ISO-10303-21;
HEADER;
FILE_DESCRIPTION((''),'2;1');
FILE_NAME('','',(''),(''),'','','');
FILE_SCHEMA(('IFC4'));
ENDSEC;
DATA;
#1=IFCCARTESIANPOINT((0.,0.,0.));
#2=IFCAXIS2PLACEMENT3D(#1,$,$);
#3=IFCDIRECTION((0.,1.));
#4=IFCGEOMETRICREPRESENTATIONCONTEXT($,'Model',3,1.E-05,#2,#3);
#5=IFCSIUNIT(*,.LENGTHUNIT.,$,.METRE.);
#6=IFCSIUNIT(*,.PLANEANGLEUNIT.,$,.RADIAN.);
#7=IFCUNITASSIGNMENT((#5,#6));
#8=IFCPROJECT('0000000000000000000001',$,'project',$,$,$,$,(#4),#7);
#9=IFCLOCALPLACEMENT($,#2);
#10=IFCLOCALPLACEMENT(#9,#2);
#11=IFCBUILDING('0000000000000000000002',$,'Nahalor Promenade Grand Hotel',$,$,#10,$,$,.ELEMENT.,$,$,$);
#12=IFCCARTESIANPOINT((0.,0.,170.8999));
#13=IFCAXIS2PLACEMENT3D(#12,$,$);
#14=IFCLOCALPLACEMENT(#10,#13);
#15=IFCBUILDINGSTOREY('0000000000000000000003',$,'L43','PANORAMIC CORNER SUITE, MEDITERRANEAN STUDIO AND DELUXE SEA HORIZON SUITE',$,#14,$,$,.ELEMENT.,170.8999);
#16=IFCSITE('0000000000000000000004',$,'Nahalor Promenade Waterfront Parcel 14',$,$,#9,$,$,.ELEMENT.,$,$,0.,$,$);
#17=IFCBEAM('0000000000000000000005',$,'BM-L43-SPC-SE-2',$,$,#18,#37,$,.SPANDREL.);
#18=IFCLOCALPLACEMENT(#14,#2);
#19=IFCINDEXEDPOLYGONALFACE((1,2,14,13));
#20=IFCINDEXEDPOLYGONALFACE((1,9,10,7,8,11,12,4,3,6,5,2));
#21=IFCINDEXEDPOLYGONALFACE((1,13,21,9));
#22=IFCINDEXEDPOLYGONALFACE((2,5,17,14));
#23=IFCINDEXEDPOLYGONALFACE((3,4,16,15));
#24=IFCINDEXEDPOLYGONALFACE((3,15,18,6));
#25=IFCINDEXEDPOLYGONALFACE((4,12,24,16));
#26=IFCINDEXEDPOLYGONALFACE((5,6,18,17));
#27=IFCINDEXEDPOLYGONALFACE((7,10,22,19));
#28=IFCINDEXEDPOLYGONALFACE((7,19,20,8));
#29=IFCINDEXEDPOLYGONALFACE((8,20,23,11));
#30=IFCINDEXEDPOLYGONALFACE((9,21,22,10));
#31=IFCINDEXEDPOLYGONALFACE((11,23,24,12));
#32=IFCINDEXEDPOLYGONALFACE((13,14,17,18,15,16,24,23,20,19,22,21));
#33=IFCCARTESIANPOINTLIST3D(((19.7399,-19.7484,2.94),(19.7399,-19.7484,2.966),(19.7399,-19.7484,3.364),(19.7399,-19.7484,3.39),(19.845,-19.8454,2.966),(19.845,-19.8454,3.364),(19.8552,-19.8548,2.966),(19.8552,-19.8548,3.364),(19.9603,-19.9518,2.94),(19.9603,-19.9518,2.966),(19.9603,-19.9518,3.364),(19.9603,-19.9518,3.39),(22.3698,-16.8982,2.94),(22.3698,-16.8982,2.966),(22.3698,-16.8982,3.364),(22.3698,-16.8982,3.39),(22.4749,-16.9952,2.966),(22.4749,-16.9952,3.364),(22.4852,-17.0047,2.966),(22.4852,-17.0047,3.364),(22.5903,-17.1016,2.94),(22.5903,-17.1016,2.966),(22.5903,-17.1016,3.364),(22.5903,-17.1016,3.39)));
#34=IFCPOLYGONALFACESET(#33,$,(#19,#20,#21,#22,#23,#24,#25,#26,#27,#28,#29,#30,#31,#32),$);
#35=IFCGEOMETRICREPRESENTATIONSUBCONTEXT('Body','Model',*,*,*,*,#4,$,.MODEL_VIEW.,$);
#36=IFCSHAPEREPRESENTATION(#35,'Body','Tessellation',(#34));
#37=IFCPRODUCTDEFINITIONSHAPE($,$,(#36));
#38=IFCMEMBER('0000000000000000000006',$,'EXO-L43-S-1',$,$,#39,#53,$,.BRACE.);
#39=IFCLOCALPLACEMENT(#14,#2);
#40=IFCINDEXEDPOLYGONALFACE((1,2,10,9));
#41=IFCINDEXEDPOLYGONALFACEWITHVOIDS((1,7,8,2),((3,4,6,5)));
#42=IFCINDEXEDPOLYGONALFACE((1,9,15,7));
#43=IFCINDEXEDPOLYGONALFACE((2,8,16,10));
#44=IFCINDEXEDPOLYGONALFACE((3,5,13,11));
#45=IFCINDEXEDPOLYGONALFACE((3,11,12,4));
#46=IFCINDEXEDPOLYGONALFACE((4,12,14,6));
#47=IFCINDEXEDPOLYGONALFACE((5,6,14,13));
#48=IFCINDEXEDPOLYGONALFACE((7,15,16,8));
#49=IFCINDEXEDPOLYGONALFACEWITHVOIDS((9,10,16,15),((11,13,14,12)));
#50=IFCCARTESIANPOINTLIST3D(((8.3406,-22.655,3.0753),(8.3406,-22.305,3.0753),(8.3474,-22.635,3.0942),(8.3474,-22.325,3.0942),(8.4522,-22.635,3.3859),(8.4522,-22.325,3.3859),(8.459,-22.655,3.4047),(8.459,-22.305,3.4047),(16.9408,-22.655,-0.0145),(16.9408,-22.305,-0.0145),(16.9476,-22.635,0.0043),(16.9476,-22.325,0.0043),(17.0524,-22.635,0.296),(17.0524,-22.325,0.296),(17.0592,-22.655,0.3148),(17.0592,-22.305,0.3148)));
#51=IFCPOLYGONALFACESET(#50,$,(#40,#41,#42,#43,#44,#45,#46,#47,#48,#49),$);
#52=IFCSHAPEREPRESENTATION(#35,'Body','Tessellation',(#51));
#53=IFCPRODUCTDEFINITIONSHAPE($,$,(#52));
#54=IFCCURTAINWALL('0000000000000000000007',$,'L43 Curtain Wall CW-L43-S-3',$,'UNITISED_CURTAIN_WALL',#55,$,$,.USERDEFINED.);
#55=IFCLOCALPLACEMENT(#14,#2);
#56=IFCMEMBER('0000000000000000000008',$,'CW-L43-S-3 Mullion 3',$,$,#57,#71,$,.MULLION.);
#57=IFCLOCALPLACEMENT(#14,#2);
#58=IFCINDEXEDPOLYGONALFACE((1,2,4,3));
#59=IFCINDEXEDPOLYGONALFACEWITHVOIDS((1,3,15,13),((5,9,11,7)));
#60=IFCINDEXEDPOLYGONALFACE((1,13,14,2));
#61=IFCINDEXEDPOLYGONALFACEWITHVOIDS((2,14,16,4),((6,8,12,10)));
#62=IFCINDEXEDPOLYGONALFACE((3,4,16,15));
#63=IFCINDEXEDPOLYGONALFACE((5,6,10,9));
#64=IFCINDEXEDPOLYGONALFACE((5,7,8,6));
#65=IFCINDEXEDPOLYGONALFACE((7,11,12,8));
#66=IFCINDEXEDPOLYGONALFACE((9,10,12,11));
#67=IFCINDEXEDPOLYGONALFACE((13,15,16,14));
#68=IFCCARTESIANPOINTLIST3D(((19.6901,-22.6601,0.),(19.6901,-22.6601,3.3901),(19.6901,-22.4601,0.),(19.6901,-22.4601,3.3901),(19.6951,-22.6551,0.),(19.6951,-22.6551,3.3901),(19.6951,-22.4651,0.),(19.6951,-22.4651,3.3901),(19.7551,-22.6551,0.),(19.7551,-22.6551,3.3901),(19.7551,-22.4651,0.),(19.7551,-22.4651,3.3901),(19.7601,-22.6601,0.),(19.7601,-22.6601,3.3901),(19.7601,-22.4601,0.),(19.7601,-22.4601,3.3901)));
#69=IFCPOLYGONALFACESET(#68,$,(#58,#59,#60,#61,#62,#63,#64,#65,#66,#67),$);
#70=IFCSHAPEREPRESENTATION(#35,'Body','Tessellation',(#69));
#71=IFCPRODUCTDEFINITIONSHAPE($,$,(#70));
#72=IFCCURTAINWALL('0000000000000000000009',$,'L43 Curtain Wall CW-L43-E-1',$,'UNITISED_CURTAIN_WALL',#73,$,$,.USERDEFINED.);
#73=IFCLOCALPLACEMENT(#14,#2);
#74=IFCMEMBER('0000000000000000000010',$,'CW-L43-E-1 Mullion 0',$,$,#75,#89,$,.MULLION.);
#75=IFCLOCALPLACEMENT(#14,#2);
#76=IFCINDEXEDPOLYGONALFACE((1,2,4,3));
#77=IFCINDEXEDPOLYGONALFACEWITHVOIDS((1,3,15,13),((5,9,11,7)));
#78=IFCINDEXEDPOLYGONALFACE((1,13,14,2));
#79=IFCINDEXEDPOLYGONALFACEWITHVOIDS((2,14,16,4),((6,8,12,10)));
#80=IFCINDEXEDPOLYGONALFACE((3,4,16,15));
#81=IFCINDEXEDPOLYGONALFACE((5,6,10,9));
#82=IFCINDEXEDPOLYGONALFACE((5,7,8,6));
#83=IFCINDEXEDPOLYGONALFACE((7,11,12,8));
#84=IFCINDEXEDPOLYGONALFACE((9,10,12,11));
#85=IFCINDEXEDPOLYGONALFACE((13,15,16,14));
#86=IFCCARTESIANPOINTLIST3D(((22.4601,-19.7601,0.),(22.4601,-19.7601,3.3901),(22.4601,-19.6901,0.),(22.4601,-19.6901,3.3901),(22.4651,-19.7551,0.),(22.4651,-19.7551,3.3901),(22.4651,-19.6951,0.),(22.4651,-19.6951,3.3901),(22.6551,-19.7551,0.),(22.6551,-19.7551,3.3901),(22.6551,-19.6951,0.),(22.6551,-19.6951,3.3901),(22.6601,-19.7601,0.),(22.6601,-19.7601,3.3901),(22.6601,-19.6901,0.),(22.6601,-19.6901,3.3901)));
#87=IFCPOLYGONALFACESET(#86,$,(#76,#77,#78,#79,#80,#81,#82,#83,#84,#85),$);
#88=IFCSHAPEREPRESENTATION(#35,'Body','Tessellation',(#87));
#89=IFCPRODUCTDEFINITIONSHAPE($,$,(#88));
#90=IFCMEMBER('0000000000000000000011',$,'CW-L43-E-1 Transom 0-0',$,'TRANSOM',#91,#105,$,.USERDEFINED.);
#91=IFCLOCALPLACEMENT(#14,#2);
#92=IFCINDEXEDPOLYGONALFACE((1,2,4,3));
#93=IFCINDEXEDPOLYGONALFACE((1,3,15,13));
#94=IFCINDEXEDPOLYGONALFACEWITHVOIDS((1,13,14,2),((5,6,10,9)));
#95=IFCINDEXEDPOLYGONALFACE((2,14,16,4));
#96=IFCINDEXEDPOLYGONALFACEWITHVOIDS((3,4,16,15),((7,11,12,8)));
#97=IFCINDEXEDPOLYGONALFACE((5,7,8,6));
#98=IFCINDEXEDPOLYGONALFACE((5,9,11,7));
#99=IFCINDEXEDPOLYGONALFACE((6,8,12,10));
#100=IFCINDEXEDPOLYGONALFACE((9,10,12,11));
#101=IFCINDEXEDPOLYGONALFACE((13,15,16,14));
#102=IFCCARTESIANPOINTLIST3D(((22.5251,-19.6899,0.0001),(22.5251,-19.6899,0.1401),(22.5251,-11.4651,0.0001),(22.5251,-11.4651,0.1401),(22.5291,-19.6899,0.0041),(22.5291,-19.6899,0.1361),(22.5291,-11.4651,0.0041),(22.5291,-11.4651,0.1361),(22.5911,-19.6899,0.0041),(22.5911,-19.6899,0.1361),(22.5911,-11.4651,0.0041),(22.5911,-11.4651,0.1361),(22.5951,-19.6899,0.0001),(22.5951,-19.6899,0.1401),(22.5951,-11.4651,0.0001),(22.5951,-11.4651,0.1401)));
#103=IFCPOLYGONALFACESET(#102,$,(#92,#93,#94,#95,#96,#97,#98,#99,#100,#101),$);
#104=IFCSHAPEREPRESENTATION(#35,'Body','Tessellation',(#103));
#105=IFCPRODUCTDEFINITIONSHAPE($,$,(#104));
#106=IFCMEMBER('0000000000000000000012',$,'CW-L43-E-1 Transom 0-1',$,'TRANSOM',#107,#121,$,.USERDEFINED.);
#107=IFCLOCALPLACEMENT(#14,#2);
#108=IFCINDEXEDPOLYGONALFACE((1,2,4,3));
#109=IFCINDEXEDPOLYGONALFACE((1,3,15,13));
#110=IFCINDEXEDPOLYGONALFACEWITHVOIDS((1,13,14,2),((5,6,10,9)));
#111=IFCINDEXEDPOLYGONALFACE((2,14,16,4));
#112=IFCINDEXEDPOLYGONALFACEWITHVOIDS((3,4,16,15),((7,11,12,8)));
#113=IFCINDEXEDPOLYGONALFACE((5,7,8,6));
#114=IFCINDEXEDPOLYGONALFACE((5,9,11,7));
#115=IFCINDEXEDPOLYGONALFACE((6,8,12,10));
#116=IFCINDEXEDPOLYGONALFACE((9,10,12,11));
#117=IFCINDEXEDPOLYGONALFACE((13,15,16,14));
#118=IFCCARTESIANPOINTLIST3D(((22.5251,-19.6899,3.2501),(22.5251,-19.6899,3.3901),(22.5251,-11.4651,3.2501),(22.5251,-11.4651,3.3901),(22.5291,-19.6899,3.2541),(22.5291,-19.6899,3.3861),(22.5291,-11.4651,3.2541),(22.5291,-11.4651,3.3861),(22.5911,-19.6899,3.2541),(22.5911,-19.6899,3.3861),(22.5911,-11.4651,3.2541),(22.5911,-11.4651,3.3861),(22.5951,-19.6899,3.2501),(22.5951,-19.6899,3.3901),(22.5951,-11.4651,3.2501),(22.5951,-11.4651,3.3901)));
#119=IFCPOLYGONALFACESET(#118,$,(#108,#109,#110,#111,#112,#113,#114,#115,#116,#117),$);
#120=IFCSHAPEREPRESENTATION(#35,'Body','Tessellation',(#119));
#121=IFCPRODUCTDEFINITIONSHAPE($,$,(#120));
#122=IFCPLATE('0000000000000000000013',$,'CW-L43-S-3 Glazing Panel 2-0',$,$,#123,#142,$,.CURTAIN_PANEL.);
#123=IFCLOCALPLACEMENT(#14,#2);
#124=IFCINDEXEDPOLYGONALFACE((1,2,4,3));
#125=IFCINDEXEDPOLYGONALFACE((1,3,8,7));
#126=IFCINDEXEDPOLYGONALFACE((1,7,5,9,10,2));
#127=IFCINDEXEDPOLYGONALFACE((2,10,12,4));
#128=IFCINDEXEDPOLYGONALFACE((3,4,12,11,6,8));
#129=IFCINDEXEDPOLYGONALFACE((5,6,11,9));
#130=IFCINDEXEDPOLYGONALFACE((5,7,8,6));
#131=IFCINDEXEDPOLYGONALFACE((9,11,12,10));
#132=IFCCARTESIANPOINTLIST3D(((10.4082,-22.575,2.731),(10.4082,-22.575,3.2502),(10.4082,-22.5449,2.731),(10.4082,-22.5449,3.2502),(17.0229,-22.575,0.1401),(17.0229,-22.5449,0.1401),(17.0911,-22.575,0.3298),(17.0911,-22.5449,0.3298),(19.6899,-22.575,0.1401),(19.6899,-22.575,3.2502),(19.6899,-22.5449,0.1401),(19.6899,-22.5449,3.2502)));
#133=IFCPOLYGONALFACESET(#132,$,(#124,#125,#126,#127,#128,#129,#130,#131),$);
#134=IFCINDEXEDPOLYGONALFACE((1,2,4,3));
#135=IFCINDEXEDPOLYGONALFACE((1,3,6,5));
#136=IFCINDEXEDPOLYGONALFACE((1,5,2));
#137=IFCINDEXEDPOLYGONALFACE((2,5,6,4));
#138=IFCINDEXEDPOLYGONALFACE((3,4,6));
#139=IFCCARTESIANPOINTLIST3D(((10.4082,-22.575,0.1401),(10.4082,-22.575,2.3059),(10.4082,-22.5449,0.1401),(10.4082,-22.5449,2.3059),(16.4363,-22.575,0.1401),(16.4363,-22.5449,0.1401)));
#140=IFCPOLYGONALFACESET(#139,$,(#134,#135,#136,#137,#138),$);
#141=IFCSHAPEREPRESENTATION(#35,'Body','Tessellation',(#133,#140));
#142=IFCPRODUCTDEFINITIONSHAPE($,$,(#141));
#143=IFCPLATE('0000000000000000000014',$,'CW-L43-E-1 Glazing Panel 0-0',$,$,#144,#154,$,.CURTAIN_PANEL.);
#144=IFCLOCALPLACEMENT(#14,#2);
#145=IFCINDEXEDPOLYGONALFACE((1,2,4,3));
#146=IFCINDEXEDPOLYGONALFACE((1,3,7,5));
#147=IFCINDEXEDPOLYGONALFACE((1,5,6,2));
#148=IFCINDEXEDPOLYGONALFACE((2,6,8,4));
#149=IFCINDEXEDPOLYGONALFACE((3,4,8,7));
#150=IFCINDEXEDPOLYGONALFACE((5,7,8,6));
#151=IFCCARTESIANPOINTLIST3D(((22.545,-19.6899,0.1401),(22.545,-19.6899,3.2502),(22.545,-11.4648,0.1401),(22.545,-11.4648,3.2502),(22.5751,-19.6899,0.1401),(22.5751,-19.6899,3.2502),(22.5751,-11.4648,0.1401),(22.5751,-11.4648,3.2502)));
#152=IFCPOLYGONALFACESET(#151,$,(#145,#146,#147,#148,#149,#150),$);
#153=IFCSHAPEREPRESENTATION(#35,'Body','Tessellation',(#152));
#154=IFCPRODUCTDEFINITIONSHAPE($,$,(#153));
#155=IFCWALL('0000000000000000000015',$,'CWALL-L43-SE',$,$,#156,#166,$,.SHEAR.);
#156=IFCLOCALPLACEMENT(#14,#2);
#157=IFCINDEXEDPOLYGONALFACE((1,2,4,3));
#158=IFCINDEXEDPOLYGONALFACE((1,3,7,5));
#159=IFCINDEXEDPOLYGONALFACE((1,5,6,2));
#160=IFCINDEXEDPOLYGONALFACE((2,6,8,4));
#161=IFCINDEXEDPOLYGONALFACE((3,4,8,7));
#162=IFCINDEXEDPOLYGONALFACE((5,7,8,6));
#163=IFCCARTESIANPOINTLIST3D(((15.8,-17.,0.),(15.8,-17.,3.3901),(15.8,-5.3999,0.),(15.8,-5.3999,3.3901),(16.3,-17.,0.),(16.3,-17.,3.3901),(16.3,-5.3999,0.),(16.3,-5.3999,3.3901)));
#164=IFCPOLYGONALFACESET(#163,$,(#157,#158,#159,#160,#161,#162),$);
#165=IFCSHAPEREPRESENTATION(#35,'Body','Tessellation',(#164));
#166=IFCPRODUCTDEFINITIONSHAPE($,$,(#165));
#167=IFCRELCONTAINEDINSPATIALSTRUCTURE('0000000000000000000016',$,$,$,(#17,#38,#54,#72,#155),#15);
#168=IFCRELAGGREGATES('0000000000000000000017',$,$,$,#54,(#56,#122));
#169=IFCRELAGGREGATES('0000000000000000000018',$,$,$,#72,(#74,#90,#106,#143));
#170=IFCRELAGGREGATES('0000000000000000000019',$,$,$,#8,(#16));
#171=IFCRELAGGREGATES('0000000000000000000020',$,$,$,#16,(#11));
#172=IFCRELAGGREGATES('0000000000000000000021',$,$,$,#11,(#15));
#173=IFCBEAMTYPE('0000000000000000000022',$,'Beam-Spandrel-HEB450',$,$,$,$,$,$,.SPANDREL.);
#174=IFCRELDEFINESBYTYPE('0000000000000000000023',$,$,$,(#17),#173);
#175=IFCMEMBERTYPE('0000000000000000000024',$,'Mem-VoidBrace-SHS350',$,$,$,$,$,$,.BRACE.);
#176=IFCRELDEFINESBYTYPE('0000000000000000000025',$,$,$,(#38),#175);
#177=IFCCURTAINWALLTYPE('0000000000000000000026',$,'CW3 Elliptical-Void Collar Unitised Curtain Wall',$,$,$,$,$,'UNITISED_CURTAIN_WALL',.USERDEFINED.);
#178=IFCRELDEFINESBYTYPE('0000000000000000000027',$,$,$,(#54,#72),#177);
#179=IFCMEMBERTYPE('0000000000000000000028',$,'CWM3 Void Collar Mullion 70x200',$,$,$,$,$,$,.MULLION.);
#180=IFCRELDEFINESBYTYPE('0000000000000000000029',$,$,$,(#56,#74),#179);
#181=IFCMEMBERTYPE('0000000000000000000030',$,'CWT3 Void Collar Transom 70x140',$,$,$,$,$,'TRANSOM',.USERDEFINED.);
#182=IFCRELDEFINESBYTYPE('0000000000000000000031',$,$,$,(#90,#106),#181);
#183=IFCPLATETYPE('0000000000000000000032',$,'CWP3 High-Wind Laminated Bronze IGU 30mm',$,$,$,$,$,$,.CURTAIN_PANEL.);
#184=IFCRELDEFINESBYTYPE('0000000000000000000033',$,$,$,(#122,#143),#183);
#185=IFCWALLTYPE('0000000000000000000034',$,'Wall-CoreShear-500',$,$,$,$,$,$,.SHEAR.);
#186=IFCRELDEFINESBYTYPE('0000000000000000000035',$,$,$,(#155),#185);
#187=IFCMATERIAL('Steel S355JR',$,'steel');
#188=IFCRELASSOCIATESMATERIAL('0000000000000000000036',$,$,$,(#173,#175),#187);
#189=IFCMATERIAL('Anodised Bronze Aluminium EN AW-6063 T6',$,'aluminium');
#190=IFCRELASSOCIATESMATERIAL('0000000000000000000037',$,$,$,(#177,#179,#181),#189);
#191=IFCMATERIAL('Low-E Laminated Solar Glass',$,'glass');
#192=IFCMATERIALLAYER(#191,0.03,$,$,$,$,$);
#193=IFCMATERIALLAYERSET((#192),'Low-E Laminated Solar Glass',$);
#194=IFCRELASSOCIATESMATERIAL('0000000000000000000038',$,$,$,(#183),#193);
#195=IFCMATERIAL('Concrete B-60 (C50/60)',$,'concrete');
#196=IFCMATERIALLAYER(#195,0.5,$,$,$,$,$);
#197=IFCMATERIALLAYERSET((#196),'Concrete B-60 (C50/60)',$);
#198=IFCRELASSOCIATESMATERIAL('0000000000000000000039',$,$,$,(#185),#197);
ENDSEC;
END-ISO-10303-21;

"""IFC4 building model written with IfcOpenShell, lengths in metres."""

from ifc_helpers import new_model, si_unit, direction, frame, frame_2d, origin, origin_2d, place, context, subcontext, project, spatial, polyline, rectangle, hollow_rectangle, i_section, outline, extrude, source, transform, mapped, material, layer, layer_set, material_profile, profile_set, type_object, element, aggregate, save


model = new_model("IFC4")

# Units and contexts
model_context = context("Model", 3, precision=1e-05, world=origin(), true_north=direction((0.0, 1.0)))
body_context = subcontext(model_context, "Body", "Model", "MODEL_VIEW")
ifc_project = project(units=[si_unit("LENGTHUNIT", "METRE"), si_unit("PLANEANGLEUNIT", "RADIAN")], contexts=[model_context])

# Site, building, storey
site_placement = place(None, origin())
site = spatial("IfcSite", under=ifc_project, at=site_placement, Name="Nahalor Promenade Waterfront Parcel 14", CompositionType="ELEMENT", RefElevation=0.0)
building_placement = place(site_placement, origin())
building = spatial("IfcBuilding", under=site, at=building_placement, Name="Nahalor Promenade Grand Hotel", CompositionType="ELEMENT")
storey_placement = place(building_placement, frame((0.0, 0.0, 170.8999)))
storey = spatial("IfcBuildingStorey", under=building, at=storey_placement, Name="L43", Description="PANORAMIC CORNER SUITE, MEDITERRANEAN STUDIO AND DELUXE SEA HORIZON SUITE", CompositionType="ELEMENT", Elevation=170.8999)

# Shared definitions
ifc_material_1 = material(Name="Concrete B-60 (C50/60)", Category="concrete")

# Beam
ifc_material_2 = material(Name="Steel S355JR", Category="steel")
ifc_material_profile_1 = material_profile(ifc_material_2, i_section(OverallWidth=0.3, OverallDepth=0.45, WebThickness=0.014, FlangeThickness=0.026, at=origin_2d()), Name="HEB 450")
ifc_profile_set_1 = profile_set([ifc_material_profile_1], Name="Steel S355JR")
beam_type_1 = type_object("IfcBeamType", Name="Beam-Spandrel-HEB450", PredefinedType="SPANDREL", material=ifc_profile_set_1)
shared_shape_1 = source(origin(), body_context, "Body", "SweptSolid", [
    extrude(i_section(OverallWidth=0.3, OverallDepth=0.45, WebThickness=0.014, FlangeThickness=0.026, at=origin_2d()), origin(), (0.0, 0.0, 1.0), 3.8782),
])
for number, where, z_axis, x_axis, name in (
    (1, (19.8501, -19.8501, 3.165), (0.678144, 0.734929, 0.0), (-0.734929, 0.678144, 0.0), "BM-L43-SPC-SE-2"),
):
    element("IfcBeam", number, at=place(storey_placement, frame(where, z_axis=z_axis, x_axis=x_axis)), inside=storey, type_object=beam_type_1, Name=name, PredefinedType="SPANDREL", context=body_context, shape_type="MappedRepresentation", body=[
        mapped(shared_shape_1, transform((0.0, 0.0, 0.0), scale=1.0)),
    ])

# Member
ifc_material_profile_2 = material_profile(ifc_material_2, hollow_rectangle(XDim=0.35, YDim=0.35, WallThickness=0.02, at=origin_2d()), Name="SHS 350x350x20")
ifc_profile_set_2 = profile_set([ifc_material_profile_2], Name="Steel S355JR")
member_type_1 = type_object("IfcMemberType", Name="Mem-VoidBrace-SHS350", PredefinedType="BRACE", material=ifc_profile_set_2)
shared_shape_2 = source(origin(), body_context, "Body", "SweptSolid", [
    extrude(hollow_rectangle(XDim=0.35, YDim=0.35, WallThickness=0.02, at=origin_2d()), origin(), (0.0, 0.0, 1.0), 9.1384),
])
member_1_placement = place(storey_placement, frame((17.0, -22.48, 0.1501), z_axis=(-0.941103, 0.0, 0.33812), x_axis=(0.0, -1.0, 0.0)))
element("IfcMember", 2, at=member_1_placement, inside=storey, type_object=member_type_1, Name="EXO-L43-S-1", PredefinedType="BRACE", context=body_context, shape_type="MappedRepresentation", body=[
    mapped(shared_shape_2, transform((0.0, 0.0, 0.0), scale=1.0)),
])

# Curtain wall, member
ifc_material_3 = material(Name="Anodised Bronze Aluminium EN AW-6063 T6", Category="aluminium")
curtain_wall_type = type_object("IfcCurtainWallType", Name="CW3 Elliptical-Void Collar Unitised Curtain Wall", ElementType="UNITISED_CURTAIN_WALL", PredefinedType="USERDEFINED", material=ifc_material_3)
curtain_wall_1_placement = place(storey_placement, origin())
curtain_wall_1 = element("IfcCurtainWall", 3, at=curtain_wall_1_placement, inside=storey, type_object=curtain_wall_type, Name="L43 Curtain Wall CW-L43-S-3", ObjectType="UNITISED_CURTAIN_WALL", PredefinedType="USERDEFINED")
ifc_material_profile_3 = material_profile(ifc_material_3, hollow_rectangle(XDim=0.07, YDim=0.2, WallThickness=0.005, at=origin_2d()), Name="CWM 70x200x5")
ifc_profile_set_3 = profile_set([ifc_material_profile_3], Name="Anodised Bronze Aluminium EN AW-6063 T6")
member_type_2 = type_object("IfcMemberType", Name="CWM3 Void Collar Mullion 70x200", PredefinedType="MULLION", material=ifc_profile_set_3)
shared_shape_3 = source(origin(), body_context, "Body", "SweptSolid", [
    extrude(hollow_rectangle(XDim=0.07, YDim=0.2, WallThickness=0.005, at=origin_2d()), origin(), (0.0, 0.0, 1.0), 3.3901),
])
member_2_placement = place(storey_placement, frame((19.7251, -22.5601, 0.0), z_axis=(0.0, 0.0, 1.0), x_axis=(1.0, 0.0, 0.0)))
member_2 = element("IfcMember", 4, at=member_2_placement, type_object=member_type_2, Name="CW-L43-S-3 Mullion 3", PredefinedType="MULLION", context=body_context, shape_type="MappedRepresentation", body=[
    mapped(shared_shape_3, transform((0.0, 0.0, 0.0), scale=1.0)),
])

# Curtain wall, members
curtain_wall_2_placement = place(storey_placement, origin())
curtain_wall_2 = element("IfcCurtainWall", 5, at=curtain_wall_2_placement, inside=storey, type_object=curtain_wall_type, Name="L43 Curtain Wall CW-L43-E-1", ObjectType="UNITISED_CURTAIN_WALL", PredefinedType="USERDEFINED")
member_3_placement = place(storey_placement, frame((22.5601, -19.7251, 0.0), z_axis=(0.0, 0.0, 1.0), x_axis=(0.0, 1.0, 0.0)))
member_3 = element("IfcMember", 6, at=member_3_placement, type_object=member_type_2, Name="CW-L43-E-1 Mullion 0", PredefinedType="MULLION", context=body_context, shape_type="MappedRepresentation", body=[
    mapped(shared_shape_3, transform((0.0, 0.0, 0.0), scale=1.0)),
])
ifc_material_profile_4 = material_profile(ifc_material_3, hollow_rectangle(XDim=0.07, YDim=0.14, WallThickness=0.004, at=origin_2d()), Name="CWT 70x140x4")
ifc_profile_set_4 = profile_set([ifc_material_profile_4], Name="Anodised Bronze Aluminium EN AW-6063 T6")
member_type_3 = type_object("IfcMemberType", Name="CWT3 Void Collar Transom 70x140", ElementType="TRANSOM", PredefinedType="USERDEFINED", material=ifc_profile_set_4)
shared_shape_4 = source(origin(), body_context, "Body", "SweptSolid", [
    extrude(hollow_rectangle(XDim=0.07, YDim=0.14, WallThickness=0.004, at=origin_2d()), origin(), (0.0, 0.0, 1.0), 8.2249),
])
member_4_placement = place(storey_placement, frame((22.5601, -19.6899, 0.0701), z_axis=(0.0, 1.0, 0.0), x_axis=(-1.0, 0.0, 0.0)))
member_4 = element("IfcMember", 7, at=member_4_placement, type_object=member_type_3, Name="CW-L43-E-1 Transom 0-0", ObjectType="TRANSOM", PredefinedType="USERDEFINED", context=body_context, shape_type="MappedRepresentation", body=[
    mapped(shared_shape_4, transform((0.0, 0.0, 0.0), scale=1.0)),
])
member_5_placement = place(storey_placement, frame((22.5601, -19.6899, 3.3201), z_axis=(0.0, 1.0, 0.0), x_axis=(-1.0, 0.0, 0.0)))
member_5 = element("IfcMember", 8, at=member_5_placement, type_object=member_type_3, Name="CW-L43-E-1 Transom 0-1", ObjectType="TRANSOM", PredefinedType="USERDEFINED", context=body_context, shape_type="MappedRepresentation", body=[
    mapped(shared_shape_4, transform((0.0, 0.0, 0.0), scale=1.0)),
])

# Plates
ifc_material_4 = material(Name="Low-E Laminated Solar Glass", Category="glass")
ifc_layer_1 = layer(ifc_material_4, 0.03)
ifc_layer_set_1 = layer_set([ifc_layer_1], Name="Low-E Laminated Solar Glass")
plate_type = type_object("IfcPlateType", Name="CWP3 High-Wind Laminated Bronze IGU 30mm", PredefinedType="CURTAIN_PANEL", material=ifc_layer_set_1)
plate_1_placement = place(storey_placement, frame((15.0491, -22.5601, 0.1401), z_axis=(0.0, 0.0, 1.0), x_axis=(1.0, 0.0, 0.0)))
plate_1 = element("IfcPlate", 9, at=plate_1_placement, type_object=plate_type, Name="CW-L43-S-3 Glazing Panel 2-0", PredefinedType="CURTAIN_PANEL", context=body_context, shape_type="SweptSolid", body=[
    extrude(outline(polyline([(4.6409, 3.1101), (-4.6409, 3.1101), (-4.6409, 2.5908), (2.042, 0.1897), (1.9739, 0.0), (4.6409, 0.0), (4.6409, 3.1101)])), frame((0.0, 0.0151, 0.0), z_axis=(0.0, -1.0, 0.0), x_axis=(1.0, 0.0, 0.0)), (0.0, 0.0, 1.0), 0.03),
    extrude(outline(polyline([(-4.6409, 2.1658), (-4.6409, 0.0), (1.3872, 0.0), (-4.6409, 2.1658)])), frame((0.0, 0.0151, 0.0), z_axis=(0.0, -1.0, 0.0), x_axis=(1.0, 0.0, 0.0)), (0.0, 0.0, 1.0), 0.03),
])
aggregate(curtain_wall_1, [member_2, plate_1])
shared_shape_5 = source(origin(), body_context, "Body", "SweptSolid", [
    extrude(rectangle(XDim=8.2251, YDim=0.03, at=origin_2d()), origin(), (0.0, 0.0, 1.0), 3.1101),
])
plate_2_placement = place(storey_placement, frame((22.5601, -15.5774, 0.1401), z_axis=(0.0, 0.0, 1.0), x_axis=(0.0, 1.0, 0.0)))
plate_2 = element("IfcPlate", 10, at=plate_2_placement, type_object=plate_type, Name="CW-L43-E-1 Glazing Panel 0-0", PredefinedType="CURTAIN_PANEL", context=body_context, shape_type="MappedRepresentation", body=[
    mapped(shared_shape_5, transform((0.0, 0.0, 0.0), scale=1.0)),
])
aggregate(curtain_wall_2, [member_3, member_4, member_5, plate_2])

# Wall
ifc_layer_2 = layer(ifc_material_1, 0.5)
ifc_layer_set_2 = layer_set([ifc_layer_2], Name="Concrete B-60 (C50/60)")
wall_type_1 = type_object("IfcWallType", Name="Wall-CoreShear-500", PredefinedType="SHEAR", material=ifc_layer_set_2)
shared_shape_6 = source(origin(), body_context, "Body", "SweptSolid", [
    extrude(rectangle(XDim=11.6001, YDim=0.5, at=frame_2d((5.8, 0.0))), origin(), (0.0, 0.0, 1.0), 3.3901),
])
wall_1_placement = place(storey_placement, frame((16.05, -17.0, 0.0), z_axis=(0.0, 0.0, 1.0), x_axis=(0.0, 1.0, 0.0)))
element("IfcWall", 11, at=wall_1_placement, inside=storey, type_object=wall_type_1, Name="CWALL-L43-SE", PredefinedType="SHEAR", context=body_context, shape_type="MappedRepresentation", body=[
    mapped(shared_shape_6, transform((0.0, 0.0, 0.0), scale=1.0)),
])

save(model, "model.ifc")
